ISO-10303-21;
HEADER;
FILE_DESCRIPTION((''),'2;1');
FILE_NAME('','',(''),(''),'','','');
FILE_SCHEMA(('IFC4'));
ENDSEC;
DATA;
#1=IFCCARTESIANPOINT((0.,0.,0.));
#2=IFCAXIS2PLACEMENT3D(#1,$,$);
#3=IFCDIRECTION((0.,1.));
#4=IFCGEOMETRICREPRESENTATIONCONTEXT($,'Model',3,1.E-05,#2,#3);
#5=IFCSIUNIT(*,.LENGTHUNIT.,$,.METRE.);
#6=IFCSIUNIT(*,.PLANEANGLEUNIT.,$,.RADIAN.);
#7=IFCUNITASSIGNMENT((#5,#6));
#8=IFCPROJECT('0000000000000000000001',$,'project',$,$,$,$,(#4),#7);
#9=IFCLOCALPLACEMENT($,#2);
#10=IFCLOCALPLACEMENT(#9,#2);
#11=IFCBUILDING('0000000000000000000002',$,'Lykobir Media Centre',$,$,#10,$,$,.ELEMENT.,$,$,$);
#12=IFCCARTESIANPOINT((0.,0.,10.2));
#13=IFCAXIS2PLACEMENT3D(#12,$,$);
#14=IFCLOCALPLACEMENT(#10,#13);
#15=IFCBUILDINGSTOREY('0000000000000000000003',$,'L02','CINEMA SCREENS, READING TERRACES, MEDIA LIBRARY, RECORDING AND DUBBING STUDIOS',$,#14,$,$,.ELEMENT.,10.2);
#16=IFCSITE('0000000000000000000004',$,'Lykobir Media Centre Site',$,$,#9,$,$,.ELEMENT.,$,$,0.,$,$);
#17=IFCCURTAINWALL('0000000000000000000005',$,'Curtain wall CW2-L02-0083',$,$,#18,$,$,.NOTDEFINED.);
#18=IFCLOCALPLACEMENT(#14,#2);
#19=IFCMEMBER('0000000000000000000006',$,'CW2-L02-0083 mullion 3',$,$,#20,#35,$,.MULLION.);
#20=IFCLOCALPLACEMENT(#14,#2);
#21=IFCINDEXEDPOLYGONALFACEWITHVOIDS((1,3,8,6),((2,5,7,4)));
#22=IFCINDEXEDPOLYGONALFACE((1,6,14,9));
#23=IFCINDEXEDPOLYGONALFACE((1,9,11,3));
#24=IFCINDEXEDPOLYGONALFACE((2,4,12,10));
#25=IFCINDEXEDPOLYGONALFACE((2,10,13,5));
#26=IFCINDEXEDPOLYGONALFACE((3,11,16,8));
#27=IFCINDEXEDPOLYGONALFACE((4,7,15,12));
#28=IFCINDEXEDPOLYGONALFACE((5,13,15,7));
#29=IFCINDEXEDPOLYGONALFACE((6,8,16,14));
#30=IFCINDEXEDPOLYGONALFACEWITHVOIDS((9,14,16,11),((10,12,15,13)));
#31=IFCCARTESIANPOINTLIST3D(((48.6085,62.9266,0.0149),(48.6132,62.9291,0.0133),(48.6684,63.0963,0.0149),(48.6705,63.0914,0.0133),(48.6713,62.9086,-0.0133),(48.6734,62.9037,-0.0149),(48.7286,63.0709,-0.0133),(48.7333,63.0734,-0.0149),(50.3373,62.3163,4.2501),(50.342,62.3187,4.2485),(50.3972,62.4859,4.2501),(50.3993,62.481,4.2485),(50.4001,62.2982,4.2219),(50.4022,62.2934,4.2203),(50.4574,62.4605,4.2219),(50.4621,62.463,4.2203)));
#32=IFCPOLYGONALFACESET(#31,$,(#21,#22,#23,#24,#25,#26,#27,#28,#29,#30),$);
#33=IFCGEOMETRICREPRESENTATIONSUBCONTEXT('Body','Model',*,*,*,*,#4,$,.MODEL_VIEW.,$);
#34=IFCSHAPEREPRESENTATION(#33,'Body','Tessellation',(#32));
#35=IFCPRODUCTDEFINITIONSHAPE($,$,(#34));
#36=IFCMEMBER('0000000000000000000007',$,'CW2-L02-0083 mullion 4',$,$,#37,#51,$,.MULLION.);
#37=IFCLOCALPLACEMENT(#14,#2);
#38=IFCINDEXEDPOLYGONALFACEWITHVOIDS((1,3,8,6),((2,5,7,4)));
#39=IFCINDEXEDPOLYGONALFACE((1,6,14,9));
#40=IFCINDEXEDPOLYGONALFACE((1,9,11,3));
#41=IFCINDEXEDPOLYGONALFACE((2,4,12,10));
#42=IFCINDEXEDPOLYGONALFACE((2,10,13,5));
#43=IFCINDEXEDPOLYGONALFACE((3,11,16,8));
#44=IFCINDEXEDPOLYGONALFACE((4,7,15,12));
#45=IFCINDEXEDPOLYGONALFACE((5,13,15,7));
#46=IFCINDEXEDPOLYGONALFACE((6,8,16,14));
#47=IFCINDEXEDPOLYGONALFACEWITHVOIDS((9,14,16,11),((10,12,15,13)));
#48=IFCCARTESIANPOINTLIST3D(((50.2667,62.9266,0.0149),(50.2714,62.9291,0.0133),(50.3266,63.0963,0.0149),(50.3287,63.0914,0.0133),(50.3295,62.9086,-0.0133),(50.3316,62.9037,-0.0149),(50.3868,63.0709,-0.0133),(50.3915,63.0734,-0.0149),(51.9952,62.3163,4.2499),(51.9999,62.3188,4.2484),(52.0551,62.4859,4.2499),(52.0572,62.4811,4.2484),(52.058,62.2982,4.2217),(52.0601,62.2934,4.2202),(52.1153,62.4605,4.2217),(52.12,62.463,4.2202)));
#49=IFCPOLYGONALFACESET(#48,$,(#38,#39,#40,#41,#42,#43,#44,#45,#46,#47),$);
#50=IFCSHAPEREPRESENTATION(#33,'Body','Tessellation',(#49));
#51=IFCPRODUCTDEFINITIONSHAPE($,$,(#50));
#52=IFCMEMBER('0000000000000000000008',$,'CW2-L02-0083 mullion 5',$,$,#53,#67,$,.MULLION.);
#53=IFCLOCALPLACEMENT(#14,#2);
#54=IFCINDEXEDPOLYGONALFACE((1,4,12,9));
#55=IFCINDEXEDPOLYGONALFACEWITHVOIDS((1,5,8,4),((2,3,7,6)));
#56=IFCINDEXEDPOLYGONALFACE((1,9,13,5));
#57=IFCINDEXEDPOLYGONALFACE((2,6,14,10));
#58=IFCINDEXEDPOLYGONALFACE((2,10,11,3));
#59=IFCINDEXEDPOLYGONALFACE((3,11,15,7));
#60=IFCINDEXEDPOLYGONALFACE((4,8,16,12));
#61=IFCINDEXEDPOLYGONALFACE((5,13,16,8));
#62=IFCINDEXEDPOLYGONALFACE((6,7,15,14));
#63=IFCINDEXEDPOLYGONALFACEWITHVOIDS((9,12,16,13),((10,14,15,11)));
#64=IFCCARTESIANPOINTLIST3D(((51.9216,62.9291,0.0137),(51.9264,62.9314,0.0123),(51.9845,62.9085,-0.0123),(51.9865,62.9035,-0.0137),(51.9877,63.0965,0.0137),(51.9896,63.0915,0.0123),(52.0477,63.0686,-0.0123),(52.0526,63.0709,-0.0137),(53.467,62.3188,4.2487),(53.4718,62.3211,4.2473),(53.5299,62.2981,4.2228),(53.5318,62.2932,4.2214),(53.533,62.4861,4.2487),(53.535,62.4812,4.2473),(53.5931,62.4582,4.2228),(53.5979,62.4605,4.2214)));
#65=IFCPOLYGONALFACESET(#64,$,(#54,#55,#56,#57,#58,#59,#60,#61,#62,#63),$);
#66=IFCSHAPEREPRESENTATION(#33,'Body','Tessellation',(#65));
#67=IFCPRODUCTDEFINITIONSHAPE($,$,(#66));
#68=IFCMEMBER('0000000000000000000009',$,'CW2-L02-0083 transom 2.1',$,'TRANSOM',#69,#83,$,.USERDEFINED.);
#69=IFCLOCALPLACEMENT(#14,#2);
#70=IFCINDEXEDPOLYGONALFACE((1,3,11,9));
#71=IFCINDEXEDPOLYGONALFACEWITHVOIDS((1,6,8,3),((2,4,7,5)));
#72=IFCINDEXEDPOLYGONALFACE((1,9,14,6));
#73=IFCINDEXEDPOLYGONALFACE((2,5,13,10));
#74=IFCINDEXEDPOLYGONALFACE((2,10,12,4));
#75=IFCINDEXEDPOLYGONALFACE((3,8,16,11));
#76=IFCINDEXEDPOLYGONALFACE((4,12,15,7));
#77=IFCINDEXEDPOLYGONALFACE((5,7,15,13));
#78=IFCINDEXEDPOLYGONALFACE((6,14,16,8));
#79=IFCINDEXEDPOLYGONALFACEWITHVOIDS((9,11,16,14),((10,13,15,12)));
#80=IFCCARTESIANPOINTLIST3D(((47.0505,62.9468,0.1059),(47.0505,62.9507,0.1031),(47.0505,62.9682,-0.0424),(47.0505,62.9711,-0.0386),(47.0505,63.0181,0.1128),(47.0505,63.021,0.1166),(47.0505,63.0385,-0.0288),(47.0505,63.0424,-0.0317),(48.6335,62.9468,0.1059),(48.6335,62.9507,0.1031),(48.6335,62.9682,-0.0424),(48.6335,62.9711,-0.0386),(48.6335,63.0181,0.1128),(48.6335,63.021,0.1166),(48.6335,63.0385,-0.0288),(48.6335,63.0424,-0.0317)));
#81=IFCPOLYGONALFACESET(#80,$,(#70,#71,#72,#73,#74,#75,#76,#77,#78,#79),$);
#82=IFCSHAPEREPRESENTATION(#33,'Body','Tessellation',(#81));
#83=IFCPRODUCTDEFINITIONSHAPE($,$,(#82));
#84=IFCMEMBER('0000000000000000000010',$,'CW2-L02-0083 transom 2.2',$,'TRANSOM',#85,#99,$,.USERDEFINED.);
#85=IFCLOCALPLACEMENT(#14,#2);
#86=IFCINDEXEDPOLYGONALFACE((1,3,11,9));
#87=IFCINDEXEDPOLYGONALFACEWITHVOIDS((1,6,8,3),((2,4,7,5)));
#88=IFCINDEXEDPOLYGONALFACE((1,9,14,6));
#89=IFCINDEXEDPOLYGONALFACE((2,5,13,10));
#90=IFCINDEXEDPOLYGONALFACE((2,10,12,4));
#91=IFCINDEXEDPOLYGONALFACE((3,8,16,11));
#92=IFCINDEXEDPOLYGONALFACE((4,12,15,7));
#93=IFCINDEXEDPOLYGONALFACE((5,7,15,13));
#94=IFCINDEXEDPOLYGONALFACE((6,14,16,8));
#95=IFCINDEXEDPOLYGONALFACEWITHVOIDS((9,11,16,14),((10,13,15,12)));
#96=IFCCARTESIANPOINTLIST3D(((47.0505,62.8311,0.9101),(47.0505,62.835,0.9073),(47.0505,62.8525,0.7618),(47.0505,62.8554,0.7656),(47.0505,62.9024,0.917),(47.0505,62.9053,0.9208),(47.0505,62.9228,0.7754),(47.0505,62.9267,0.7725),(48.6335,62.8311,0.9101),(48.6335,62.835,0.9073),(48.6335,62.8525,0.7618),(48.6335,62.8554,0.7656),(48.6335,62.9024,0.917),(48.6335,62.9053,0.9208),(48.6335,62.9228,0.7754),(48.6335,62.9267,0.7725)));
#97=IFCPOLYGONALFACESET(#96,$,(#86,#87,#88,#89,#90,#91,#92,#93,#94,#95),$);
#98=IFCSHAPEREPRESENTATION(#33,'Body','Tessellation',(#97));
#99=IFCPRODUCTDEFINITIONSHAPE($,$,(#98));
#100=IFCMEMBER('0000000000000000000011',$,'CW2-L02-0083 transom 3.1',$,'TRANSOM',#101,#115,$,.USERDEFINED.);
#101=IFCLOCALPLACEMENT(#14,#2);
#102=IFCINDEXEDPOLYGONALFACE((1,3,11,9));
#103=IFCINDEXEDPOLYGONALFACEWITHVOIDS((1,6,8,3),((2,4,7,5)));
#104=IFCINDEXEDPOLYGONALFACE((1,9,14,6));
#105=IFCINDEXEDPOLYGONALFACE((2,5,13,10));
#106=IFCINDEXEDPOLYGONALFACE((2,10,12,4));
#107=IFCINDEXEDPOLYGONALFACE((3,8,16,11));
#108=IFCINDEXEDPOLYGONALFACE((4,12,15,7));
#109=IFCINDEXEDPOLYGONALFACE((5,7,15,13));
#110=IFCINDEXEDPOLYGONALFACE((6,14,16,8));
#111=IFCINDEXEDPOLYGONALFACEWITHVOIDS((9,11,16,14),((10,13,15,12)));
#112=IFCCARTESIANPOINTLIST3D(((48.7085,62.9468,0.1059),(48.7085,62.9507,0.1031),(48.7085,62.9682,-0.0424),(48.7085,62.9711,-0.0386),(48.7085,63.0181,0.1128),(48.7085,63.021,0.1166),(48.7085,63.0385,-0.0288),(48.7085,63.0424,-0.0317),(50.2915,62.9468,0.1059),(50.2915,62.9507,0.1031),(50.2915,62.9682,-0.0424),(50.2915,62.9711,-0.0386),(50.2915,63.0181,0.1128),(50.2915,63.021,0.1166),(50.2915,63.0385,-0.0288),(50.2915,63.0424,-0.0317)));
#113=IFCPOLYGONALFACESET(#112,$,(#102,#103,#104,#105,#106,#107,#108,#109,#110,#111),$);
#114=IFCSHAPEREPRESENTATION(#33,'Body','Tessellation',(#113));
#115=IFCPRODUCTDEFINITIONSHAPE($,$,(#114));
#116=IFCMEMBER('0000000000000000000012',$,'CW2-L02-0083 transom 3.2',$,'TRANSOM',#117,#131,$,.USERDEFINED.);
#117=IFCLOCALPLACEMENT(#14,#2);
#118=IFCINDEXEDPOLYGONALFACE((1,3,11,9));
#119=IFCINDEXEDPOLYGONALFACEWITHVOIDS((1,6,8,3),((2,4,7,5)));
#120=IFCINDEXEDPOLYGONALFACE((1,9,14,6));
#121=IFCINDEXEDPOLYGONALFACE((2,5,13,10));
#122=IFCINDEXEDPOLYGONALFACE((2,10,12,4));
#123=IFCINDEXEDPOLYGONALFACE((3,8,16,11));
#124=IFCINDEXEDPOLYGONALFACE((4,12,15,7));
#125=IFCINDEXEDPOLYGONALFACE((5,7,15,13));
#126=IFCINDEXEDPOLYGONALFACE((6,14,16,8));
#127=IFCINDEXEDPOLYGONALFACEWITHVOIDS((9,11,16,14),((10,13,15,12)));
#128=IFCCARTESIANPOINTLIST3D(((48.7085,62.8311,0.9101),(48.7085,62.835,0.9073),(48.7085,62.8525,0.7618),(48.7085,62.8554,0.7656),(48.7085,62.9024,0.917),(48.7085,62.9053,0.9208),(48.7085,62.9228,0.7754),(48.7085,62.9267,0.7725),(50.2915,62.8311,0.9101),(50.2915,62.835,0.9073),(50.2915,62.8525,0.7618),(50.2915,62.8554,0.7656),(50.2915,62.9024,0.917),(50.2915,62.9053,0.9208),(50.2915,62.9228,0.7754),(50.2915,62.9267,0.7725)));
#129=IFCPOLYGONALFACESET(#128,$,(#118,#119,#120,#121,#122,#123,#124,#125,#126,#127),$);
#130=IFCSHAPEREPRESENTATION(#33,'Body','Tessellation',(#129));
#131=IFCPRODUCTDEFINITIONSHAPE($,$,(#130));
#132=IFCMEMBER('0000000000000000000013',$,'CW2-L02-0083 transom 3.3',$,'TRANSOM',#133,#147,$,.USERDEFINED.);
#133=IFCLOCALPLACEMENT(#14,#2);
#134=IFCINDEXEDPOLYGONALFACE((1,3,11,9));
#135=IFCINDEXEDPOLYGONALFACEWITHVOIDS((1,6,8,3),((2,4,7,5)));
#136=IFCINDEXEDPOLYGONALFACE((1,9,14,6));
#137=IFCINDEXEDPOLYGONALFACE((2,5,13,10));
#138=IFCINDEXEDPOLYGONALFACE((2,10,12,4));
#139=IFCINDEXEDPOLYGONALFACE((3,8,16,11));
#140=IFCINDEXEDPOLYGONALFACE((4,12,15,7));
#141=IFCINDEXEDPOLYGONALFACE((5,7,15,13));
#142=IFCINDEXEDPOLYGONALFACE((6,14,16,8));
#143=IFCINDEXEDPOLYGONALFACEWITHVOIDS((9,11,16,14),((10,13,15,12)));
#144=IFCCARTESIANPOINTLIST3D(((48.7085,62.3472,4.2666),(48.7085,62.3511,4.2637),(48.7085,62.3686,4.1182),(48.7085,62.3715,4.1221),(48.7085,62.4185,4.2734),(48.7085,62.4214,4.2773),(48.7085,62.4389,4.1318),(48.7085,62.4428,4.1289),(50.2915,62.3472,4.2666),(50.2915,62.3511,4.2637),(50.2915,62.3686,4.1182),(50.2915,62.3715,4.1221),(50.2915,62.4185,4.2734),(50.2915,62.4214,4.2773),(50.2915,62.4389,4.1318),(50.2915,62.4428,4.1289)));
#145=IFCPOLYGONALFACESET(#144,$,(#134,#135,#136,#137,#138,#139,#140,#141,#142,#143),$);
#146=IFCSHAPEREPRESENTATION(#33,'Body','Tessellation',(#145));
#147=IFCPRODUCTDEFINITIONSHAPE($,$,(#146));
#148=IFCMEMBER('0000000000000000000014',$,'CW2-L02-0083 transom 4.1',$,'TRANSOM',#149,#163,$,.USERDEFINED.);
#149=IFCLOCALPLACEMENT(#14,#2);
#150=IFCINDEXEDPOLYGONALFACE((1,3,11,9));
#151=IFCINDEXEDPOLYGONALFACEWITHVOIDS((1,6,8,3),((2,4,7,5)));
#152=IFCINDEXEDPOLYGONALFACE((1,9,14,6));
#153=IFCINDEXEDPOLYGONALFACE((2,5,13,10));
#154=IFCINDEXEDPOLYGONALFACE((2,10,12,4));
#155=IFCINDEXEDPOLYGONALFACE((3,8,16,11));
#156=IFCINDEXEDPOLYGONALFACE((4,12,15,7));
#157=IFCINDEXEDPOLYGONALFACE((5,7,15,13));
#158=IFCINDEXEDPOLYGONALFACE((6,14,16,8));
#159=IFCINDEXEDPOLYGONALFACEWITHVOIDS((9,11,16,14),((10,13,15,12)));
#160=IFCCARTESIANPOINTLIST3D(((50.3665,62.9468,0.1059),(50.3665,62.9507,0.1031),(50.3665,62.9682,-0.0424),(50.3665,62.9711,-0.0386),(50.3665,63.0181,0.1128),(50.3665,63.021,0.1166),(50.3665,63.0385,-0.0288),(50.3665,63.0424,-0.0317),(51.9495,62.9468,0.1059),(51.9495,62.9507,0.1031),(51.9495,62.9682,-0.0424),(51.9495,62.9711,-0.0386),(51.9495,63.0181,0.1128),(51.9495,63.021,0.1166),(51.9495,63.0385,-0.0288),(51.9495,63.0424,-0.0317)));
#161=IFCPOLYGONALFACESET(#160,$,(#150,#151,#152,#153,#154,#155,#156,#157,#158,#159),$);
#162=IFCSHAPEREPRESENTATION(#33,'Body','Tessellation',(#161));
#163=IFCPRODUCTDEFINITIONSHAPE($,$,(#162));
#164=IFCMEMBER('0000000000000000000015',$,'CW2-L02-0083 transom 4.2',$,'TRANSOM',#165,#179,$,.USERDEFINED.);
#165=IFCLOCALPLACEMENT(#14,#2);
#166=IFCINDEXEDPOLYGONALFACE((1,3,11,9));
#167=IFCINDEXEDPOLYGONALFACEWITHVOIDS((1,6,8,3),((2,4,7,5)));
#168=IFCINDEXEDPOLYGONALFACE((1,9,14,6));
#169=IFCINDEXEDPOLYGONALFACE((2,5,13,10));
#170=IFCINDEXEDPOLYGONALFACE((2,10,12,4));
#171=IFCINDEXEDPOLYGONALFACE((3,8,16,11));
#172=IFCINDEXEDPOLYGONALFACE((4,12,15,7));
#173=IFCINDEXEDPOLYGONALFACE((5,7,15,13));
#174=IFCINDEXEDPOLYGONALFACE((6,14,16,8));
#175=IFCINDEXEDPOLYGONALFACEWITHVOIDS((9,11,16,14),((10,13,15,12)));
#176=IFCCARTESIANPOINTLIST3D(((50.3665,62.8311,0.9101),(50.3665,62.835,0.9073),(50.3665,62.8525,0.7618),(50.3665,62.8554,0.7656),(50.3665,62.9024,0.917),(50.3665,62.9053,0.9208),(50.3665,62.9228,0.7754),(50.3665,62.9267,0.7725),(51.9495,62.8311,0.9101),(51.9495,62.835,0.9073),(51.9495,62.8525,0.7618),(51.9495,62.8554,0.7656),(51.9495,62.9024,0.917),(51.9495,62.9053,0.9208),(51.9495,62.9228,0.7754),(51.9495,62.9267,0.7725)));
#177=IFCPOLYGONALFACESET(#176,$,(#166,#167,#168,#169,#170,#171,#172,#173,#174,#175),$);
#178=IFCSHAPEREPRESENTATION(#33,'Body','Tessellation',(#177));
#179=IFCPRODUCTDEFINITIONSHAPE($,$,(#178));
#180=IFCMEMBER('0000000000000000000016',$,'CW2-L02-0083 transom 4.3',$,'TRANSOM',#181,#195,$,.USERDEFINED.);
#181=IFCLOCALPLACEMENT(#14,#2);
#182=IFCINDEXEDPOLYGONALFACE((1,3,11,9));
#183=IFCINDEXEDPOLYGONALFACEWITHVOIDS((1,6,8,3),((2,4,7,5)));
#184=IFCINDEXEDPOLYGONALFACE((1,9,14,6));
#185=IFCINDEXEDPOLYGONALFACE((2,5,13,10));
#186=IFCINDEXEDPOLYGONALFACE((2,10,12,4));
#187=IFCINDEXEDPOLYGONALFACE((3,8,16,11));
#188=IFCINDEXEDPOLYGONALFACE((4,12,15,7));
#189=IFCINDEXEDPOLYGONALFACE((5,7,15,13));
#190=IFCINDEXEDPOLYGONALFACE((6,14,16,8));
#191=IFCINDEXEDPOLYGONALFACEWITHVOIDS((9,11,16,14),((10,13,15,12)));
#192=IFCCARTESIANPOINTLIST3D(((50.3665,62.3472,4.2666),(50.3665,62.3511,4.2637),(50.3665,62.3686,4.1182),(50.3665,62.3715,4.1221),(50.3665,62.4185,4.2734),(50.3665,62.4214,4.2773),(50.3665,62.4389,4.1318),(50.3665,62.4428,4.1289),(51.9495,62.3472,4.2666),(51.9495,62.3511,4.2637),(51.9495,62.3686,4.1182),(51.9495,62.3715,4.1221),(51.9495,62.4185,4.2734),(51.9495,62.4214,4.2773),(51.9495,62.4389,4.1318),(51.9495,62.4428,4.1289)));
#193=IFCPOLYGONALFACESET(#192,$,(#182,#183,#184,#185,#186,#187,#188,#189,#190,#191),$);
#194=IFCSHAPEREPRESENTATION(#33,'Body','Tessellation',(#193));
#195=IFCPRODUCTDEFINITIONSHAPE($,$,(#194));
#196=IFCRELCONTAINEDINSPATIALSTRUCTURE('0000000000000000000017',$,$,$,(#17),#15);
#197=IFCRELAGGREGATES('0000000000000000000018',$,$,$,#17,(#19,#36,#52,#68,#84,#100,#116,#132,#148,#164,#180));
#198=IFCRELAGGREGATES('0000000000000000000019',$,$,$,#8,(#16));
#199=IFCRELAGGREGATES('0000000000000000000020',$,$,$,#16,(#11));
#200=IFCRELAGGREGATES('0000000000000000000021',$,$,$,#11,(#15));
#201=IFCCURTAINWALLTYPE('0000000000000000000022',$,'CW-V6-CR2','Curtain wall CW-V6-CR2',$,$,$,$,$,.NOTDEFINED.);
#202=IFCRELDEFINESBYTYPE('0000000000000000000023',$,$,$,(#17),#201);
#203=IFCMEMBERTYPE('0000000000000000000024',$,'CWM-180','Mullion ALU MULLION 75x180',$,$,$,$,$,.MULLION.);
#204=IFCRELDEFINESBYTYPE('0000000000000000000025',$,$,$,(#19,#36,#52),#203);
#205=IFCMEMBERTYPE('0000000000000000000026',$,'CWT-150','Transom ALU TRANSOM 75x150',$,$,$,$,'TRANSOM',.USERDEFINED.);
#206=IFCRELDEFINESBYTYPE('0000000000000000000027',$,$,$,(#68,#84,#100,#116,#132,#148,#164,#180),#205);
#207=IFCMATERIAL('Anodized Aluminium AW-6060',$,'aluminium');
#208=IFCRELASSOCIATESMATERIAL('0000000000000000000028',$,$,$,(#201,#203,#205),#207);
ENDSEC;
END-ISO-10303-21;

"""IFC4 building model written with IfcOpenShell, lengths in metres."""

from ifc_helpers import new_model, si_unit, direction, frame, origin, origin_2d, place, context, subcontext, project, spatial, hollow_rectangle, extrude, material, material_profile, profile_set, type_object, element, aggregate, save


model = new_model("IFC4")

# Units and contexts
model_context = context("Model", 3, precision=1e-05, world=origin(), true_north=direction((0.0, 1.0)))
body_context = subcontext(model_context, "Body", "Model", "MODEL_VIEW")
ifc_project = project(units=[si_unit("LENGTHUNIT", "METRE"), si_unit("PLANEANGLEUNIT", "RADIAN")], contexts=[model_context])

# Site, building, storey
site_placement = place(None, origin())
site = spatial("IfcSite", under=ifc_project, at=site_placement, Name="Lykobir Media Centre Site", CompositionType="ELEMENT", RefElevation=0.0)
building_placement = place(site_placement, origin())
building = spatial("IfcBuilding", under=site, at=building_placement, Name="Lykobir Media Centre", CompositionType="ELEMENT")
storey_placement = place(building_placement, frame((0.0, 0.0, 10.2)))
storey = spatial("IfcBuildingStorey", under=building, at=storey_placement, Name="L02", Description="CINEMA SCREENS, READING TERRACES, MEDIA LIBRARY, RECORDING AND DUBBING STUDIOS", CompositionType="ELEMENT", Elevation=10.2)

# Curtain wall, members
ifc_material_1 = material(Name="Anodized Aluminium AW-6060", Category="aluminium")
curtain_wall_type = type_object("IfcCurtainWallType", Name="CW-V6-CR2", Description="Curtain wall CW-V6-CR2", PredefinedType="NOTDEFINED", material=ifc_material_1)
curtain_wall_placement = place(storey_placement, origin())
curtain_wall = element("IfcCurtainWall", 1, at=curtain_wall_placement, inside=storey, type_object=curtain_wall_type, Name="Curtain wall CW2-L02-0083", PredefinedType="NOTDEFINED")
ifc_material_profile_1 = material_profile(ifc_material_1, hollow_rectangle(XDim=0.075, YDim=0.1799, WallThickness=0.0039, at=origin_2d()), Name="ALU MULLION 75x180")
ifc_profile_set_1 = profile_set([ifc_material_profile_1], Name="Anodized Aluminium AW-6060")
member_type_1 = type_object("IfcMemberType", Name="CWM-180", Description="Mullion ALU MULLION 75x180", PredefinedType="MULLION", material=ifc_profile_set_1)
member_1_placement = place(storey_placement, frame((48.6709, 63.0, 0.0), z_axis=(0.374604, -0.132257, 0.917704), x_axis=(-0.865354, 0.30552, 0.397266)))
member_1 = element("IfcMember", 2, at=member_1_placement, type_object=member_type_1, Name="CW2-L02-0083 mullion 3", PredefinedType="MULLION", context=body_context, shape_type="SweptSolid", body=[
    extrude(hollow_rectangle(XDim=0.075, YDim=0.1799, WallThickness=0.0039, at=origin_2d()), origin(), (0.0, 0.0, 1.0), 4.615),
])
member_2_placement = place(storey_placement, frame((50.3291, 63.0, 0.0), z_axis=(0.374559, -0.132259, 0.917722), x_axis=(-0.865358, 0.305564, 0.397224)))
member_2 = element("IfcMember", 3, at=member_2_placement, type_object=member_type_1, Name="CW2-L02-0083 mullion 4", PredefinedType="MULLION", context=body_context, shape_type="SweptSolid", body=[
    extrude(hollow_rectangle(XDim=0.075, YDim=0.1799, WallThickness=0.0039, at=origin_2d()), origin(), (0.0, 0.0, 1.0), 4.6147),
])
member_3_placement = place(storey_placement, frame((51.9871, 63.0, 0.0), z_axis=(0.339696, -0.134161, 0.930917), x_axis=(-0.865836, 0.341957, 0.36523)))
member_3 = element("IfcMember", 4, at=member_3_placement, type_object=member_type_1, Name="CW2-L02-0083 mullion 5", PredefinedType="MULLION", context=body_context, shape_type="SweptSolid", body=[
    extrude(hollow_rectangle(XDim=0.075, YDim=0.1799, WallThickness=0.0039, at=origin_2d()), origin(), (0.0, 0.0, 1.0), 4.5493),
])
ifc_material_profile_2 = material_profile(ifc_material_1, hollow_rectangle(XDim=0.075, YDim=0.1499, WallThickness=0.0034, at=origin_2d()), Name="ALU TRANSOM 75x150")
ifc_profile_set_2 = profile_set([ifc_material_profile_2], Name="Anodized Aluminium AW-6060")
member_type_2 = type_object("IfcMemberType", Name="CWT-150", Description="Transom ALU TRANSOM 75x150", ElementType="TRANSOM", PredefinedType="USERDEFINED", material=ifc_profile_set_2)
member_4_placement = place(storey_placement, frame((47.0505, 62.9946, 0.0371), z_axis=(1.0, 0.0, 0.0), x_axis=(0.0, 0.989776, 0.142629)))
member_4 = element("IfcMember", 5, at=member_4_placement, type_object=member_type_2, Name="CW2-L02-0083 transom 2.1", ObjectType="TRANSOM", PredefinedType="USERDEFINED", context=body_context, shape_type="SweptSolid", body=[
    extrude(hollow_rectangle(XDim=0.075, YDim=0.1499, WallThickness=0.0034, at=origin_2d()), origin(), (0.0, 0.0, 1.0), 1.583),
])
member_5_placement = place(storey_placement, frame((47.0505, 62.8789, 0.8413), z_axis=(1.0, 0.0, 0.0), x_axis=(0.0, 0.989776, 0.142629)))
member_5 = element("IfcMember", 6, at=member_5_placement, type_object=member_type_2, Name="CW2-L02-0083 transom 2.2", ObjectType="TRANSOM", PredefinedType="USERDEFINED", context=body_context, shape_type="SweptSolid", body=[
    extrude(hollow_rectangle(XDim=0.075, YDim=0.1499, WallThickness=0.0034, at=origin_2d()), origin(), (0.0, 0.0, 1.0), 1.583),
])
member_6_placement = place(storey_placement, frame((48.7085, 62.9946, 0.0371), z_axis=(1.0, 0.0, 0.0), x_axis=(0.0, 0.989776, 0.142629)))
member_6 = element("IfcMember", 7, at=member_6_placement, type_object=member_type_2, Name="CW2-L02-0083 transom 3.1", ObjectType="TRANSOM", PredefinedType="USERDEFINED", context=body_context, shape_type="SweptSolid", body=[
    extrude(hollow_rectangle(XDim=0.075, YDim=0.1499, WallThickness=0.0034, at=origin_2d()), origin(), (0.0, 0.0, 1.0), 1.583),
])
member_7_placement = place(storey_placement, frame((48.7085, 62.8789, 0.8413), z_axis=(1.0, 0.0, 0.0), x_axis=(0.0, 0.989776, 0.142629)))
member_7 = element("IfcMember", 8, at=member_7_placement, type_object=member_type_2, Name="CW2-L02-0083 transom 3.2", ObjectType="TRANSOM", PredefinedType="USERDEFINED", context=body_context, shape_type="SweptSolid", body=[
    extrude(hollow_rectangle(XDim=0.075, YDim=0.1499, WallThickness=0.0034, at=origin_2d()), origin(), (0.0, 0.0, 1.0), 1.583),
])
member_8_placement = place(storey_placement, frame((48.7085, 62.395, 4.1978), z_axis=(1.0, 0.0, 0.0), x_axis=(0.0, 0.989776, 0.142629)))
member_8 = element("IfcMember", 9, at=member_8_placement, type_object=member_type_2, Name="CW2-L02-0083 transom 3.3", ObjectType="TRANSOM", PredefinedType="USERDEFINED", context=body_context, shape_type="SweptSolid", body=[
    extrude(hollow_rectangle(XDim=0.075, YDim=0.1499, WallThickness=0.0034, at=origin_2d()), origin(), (0.0, 0.0, 1.0), 1.583),
])
member_9_placement = place(storey_placement, frame((50.3665, 62.9946, 0.0371), z_axis=(1.0, 0.0, 0.0), x_axis=(0.0, 0.989776, 0.142629)))
member_9 = element("IfcMember", 10, at=member_9_placement, type_object=member_type_2, Name="CW2-L02-0083 transom 4.1", ObjectType="TRANSOM", PredefinedType="USERDEFINED", context=body_context, shape_type="SweptSolid", body=[
    extrude(hollow_rectangle(XDim=0.075, YDim=0.1499, WallThickness=0.0034, at=origin_2d()), origin(), (0.0, 0.0, 1.0), 1.583),
])
member_10_placement = place(storey_placement, frame((50.3665, 62.8789, 0.8413), z_axis=(1.0, 0.0, 0.0), x_axis=(0.0, 0.989776, 0.142629)))
member_10 = element("IfcMember", 11, at=member_10_placement, type_object=member_type_2, Name="CW2-L02-0083 transom 4.2", ObjectType="TRANSOM", PredefinedType="USERDEFINED", context=body_context, shape_type="SweptSolid", body=[
    extrude(hollow_rectangle(XDim=0.075, YDim=0.1499, WallThickness=0.0034, at=origin_2d()), origin(), (0.0, 0.0, 1.0), 1.583),
])
member_11_placement = place(storey_placement, frame((50.3665, 62.395, 4.1978), z_axis=(1.0, 0.0, 0.0), x_axis=(0.0, 0.989776, 0.142629)))
member_11 = element("IfcMember", 12, at=member_11_placement, type_object=member_type_2, Name="CW2-L02-0083 transom 4.3", ObjectType="TRANSOM", PredefinedType="USERDEFINED", context=body_context, shape_type="SweptSolid", body=[
    extrude(hollow_rectangle(XDim=0.075, YDim=0.1499, WallThickness=0.0034, at=origin_2d()), origin(), (0.0, 0.0, 1.0), 1.583),
])
aggregate(curtain_wall, [member_1, member_2, member_3, member_4, member_5, member_6, member_7, member_8, member_9, member_10, member_11])

save(model, "model.ifc")
